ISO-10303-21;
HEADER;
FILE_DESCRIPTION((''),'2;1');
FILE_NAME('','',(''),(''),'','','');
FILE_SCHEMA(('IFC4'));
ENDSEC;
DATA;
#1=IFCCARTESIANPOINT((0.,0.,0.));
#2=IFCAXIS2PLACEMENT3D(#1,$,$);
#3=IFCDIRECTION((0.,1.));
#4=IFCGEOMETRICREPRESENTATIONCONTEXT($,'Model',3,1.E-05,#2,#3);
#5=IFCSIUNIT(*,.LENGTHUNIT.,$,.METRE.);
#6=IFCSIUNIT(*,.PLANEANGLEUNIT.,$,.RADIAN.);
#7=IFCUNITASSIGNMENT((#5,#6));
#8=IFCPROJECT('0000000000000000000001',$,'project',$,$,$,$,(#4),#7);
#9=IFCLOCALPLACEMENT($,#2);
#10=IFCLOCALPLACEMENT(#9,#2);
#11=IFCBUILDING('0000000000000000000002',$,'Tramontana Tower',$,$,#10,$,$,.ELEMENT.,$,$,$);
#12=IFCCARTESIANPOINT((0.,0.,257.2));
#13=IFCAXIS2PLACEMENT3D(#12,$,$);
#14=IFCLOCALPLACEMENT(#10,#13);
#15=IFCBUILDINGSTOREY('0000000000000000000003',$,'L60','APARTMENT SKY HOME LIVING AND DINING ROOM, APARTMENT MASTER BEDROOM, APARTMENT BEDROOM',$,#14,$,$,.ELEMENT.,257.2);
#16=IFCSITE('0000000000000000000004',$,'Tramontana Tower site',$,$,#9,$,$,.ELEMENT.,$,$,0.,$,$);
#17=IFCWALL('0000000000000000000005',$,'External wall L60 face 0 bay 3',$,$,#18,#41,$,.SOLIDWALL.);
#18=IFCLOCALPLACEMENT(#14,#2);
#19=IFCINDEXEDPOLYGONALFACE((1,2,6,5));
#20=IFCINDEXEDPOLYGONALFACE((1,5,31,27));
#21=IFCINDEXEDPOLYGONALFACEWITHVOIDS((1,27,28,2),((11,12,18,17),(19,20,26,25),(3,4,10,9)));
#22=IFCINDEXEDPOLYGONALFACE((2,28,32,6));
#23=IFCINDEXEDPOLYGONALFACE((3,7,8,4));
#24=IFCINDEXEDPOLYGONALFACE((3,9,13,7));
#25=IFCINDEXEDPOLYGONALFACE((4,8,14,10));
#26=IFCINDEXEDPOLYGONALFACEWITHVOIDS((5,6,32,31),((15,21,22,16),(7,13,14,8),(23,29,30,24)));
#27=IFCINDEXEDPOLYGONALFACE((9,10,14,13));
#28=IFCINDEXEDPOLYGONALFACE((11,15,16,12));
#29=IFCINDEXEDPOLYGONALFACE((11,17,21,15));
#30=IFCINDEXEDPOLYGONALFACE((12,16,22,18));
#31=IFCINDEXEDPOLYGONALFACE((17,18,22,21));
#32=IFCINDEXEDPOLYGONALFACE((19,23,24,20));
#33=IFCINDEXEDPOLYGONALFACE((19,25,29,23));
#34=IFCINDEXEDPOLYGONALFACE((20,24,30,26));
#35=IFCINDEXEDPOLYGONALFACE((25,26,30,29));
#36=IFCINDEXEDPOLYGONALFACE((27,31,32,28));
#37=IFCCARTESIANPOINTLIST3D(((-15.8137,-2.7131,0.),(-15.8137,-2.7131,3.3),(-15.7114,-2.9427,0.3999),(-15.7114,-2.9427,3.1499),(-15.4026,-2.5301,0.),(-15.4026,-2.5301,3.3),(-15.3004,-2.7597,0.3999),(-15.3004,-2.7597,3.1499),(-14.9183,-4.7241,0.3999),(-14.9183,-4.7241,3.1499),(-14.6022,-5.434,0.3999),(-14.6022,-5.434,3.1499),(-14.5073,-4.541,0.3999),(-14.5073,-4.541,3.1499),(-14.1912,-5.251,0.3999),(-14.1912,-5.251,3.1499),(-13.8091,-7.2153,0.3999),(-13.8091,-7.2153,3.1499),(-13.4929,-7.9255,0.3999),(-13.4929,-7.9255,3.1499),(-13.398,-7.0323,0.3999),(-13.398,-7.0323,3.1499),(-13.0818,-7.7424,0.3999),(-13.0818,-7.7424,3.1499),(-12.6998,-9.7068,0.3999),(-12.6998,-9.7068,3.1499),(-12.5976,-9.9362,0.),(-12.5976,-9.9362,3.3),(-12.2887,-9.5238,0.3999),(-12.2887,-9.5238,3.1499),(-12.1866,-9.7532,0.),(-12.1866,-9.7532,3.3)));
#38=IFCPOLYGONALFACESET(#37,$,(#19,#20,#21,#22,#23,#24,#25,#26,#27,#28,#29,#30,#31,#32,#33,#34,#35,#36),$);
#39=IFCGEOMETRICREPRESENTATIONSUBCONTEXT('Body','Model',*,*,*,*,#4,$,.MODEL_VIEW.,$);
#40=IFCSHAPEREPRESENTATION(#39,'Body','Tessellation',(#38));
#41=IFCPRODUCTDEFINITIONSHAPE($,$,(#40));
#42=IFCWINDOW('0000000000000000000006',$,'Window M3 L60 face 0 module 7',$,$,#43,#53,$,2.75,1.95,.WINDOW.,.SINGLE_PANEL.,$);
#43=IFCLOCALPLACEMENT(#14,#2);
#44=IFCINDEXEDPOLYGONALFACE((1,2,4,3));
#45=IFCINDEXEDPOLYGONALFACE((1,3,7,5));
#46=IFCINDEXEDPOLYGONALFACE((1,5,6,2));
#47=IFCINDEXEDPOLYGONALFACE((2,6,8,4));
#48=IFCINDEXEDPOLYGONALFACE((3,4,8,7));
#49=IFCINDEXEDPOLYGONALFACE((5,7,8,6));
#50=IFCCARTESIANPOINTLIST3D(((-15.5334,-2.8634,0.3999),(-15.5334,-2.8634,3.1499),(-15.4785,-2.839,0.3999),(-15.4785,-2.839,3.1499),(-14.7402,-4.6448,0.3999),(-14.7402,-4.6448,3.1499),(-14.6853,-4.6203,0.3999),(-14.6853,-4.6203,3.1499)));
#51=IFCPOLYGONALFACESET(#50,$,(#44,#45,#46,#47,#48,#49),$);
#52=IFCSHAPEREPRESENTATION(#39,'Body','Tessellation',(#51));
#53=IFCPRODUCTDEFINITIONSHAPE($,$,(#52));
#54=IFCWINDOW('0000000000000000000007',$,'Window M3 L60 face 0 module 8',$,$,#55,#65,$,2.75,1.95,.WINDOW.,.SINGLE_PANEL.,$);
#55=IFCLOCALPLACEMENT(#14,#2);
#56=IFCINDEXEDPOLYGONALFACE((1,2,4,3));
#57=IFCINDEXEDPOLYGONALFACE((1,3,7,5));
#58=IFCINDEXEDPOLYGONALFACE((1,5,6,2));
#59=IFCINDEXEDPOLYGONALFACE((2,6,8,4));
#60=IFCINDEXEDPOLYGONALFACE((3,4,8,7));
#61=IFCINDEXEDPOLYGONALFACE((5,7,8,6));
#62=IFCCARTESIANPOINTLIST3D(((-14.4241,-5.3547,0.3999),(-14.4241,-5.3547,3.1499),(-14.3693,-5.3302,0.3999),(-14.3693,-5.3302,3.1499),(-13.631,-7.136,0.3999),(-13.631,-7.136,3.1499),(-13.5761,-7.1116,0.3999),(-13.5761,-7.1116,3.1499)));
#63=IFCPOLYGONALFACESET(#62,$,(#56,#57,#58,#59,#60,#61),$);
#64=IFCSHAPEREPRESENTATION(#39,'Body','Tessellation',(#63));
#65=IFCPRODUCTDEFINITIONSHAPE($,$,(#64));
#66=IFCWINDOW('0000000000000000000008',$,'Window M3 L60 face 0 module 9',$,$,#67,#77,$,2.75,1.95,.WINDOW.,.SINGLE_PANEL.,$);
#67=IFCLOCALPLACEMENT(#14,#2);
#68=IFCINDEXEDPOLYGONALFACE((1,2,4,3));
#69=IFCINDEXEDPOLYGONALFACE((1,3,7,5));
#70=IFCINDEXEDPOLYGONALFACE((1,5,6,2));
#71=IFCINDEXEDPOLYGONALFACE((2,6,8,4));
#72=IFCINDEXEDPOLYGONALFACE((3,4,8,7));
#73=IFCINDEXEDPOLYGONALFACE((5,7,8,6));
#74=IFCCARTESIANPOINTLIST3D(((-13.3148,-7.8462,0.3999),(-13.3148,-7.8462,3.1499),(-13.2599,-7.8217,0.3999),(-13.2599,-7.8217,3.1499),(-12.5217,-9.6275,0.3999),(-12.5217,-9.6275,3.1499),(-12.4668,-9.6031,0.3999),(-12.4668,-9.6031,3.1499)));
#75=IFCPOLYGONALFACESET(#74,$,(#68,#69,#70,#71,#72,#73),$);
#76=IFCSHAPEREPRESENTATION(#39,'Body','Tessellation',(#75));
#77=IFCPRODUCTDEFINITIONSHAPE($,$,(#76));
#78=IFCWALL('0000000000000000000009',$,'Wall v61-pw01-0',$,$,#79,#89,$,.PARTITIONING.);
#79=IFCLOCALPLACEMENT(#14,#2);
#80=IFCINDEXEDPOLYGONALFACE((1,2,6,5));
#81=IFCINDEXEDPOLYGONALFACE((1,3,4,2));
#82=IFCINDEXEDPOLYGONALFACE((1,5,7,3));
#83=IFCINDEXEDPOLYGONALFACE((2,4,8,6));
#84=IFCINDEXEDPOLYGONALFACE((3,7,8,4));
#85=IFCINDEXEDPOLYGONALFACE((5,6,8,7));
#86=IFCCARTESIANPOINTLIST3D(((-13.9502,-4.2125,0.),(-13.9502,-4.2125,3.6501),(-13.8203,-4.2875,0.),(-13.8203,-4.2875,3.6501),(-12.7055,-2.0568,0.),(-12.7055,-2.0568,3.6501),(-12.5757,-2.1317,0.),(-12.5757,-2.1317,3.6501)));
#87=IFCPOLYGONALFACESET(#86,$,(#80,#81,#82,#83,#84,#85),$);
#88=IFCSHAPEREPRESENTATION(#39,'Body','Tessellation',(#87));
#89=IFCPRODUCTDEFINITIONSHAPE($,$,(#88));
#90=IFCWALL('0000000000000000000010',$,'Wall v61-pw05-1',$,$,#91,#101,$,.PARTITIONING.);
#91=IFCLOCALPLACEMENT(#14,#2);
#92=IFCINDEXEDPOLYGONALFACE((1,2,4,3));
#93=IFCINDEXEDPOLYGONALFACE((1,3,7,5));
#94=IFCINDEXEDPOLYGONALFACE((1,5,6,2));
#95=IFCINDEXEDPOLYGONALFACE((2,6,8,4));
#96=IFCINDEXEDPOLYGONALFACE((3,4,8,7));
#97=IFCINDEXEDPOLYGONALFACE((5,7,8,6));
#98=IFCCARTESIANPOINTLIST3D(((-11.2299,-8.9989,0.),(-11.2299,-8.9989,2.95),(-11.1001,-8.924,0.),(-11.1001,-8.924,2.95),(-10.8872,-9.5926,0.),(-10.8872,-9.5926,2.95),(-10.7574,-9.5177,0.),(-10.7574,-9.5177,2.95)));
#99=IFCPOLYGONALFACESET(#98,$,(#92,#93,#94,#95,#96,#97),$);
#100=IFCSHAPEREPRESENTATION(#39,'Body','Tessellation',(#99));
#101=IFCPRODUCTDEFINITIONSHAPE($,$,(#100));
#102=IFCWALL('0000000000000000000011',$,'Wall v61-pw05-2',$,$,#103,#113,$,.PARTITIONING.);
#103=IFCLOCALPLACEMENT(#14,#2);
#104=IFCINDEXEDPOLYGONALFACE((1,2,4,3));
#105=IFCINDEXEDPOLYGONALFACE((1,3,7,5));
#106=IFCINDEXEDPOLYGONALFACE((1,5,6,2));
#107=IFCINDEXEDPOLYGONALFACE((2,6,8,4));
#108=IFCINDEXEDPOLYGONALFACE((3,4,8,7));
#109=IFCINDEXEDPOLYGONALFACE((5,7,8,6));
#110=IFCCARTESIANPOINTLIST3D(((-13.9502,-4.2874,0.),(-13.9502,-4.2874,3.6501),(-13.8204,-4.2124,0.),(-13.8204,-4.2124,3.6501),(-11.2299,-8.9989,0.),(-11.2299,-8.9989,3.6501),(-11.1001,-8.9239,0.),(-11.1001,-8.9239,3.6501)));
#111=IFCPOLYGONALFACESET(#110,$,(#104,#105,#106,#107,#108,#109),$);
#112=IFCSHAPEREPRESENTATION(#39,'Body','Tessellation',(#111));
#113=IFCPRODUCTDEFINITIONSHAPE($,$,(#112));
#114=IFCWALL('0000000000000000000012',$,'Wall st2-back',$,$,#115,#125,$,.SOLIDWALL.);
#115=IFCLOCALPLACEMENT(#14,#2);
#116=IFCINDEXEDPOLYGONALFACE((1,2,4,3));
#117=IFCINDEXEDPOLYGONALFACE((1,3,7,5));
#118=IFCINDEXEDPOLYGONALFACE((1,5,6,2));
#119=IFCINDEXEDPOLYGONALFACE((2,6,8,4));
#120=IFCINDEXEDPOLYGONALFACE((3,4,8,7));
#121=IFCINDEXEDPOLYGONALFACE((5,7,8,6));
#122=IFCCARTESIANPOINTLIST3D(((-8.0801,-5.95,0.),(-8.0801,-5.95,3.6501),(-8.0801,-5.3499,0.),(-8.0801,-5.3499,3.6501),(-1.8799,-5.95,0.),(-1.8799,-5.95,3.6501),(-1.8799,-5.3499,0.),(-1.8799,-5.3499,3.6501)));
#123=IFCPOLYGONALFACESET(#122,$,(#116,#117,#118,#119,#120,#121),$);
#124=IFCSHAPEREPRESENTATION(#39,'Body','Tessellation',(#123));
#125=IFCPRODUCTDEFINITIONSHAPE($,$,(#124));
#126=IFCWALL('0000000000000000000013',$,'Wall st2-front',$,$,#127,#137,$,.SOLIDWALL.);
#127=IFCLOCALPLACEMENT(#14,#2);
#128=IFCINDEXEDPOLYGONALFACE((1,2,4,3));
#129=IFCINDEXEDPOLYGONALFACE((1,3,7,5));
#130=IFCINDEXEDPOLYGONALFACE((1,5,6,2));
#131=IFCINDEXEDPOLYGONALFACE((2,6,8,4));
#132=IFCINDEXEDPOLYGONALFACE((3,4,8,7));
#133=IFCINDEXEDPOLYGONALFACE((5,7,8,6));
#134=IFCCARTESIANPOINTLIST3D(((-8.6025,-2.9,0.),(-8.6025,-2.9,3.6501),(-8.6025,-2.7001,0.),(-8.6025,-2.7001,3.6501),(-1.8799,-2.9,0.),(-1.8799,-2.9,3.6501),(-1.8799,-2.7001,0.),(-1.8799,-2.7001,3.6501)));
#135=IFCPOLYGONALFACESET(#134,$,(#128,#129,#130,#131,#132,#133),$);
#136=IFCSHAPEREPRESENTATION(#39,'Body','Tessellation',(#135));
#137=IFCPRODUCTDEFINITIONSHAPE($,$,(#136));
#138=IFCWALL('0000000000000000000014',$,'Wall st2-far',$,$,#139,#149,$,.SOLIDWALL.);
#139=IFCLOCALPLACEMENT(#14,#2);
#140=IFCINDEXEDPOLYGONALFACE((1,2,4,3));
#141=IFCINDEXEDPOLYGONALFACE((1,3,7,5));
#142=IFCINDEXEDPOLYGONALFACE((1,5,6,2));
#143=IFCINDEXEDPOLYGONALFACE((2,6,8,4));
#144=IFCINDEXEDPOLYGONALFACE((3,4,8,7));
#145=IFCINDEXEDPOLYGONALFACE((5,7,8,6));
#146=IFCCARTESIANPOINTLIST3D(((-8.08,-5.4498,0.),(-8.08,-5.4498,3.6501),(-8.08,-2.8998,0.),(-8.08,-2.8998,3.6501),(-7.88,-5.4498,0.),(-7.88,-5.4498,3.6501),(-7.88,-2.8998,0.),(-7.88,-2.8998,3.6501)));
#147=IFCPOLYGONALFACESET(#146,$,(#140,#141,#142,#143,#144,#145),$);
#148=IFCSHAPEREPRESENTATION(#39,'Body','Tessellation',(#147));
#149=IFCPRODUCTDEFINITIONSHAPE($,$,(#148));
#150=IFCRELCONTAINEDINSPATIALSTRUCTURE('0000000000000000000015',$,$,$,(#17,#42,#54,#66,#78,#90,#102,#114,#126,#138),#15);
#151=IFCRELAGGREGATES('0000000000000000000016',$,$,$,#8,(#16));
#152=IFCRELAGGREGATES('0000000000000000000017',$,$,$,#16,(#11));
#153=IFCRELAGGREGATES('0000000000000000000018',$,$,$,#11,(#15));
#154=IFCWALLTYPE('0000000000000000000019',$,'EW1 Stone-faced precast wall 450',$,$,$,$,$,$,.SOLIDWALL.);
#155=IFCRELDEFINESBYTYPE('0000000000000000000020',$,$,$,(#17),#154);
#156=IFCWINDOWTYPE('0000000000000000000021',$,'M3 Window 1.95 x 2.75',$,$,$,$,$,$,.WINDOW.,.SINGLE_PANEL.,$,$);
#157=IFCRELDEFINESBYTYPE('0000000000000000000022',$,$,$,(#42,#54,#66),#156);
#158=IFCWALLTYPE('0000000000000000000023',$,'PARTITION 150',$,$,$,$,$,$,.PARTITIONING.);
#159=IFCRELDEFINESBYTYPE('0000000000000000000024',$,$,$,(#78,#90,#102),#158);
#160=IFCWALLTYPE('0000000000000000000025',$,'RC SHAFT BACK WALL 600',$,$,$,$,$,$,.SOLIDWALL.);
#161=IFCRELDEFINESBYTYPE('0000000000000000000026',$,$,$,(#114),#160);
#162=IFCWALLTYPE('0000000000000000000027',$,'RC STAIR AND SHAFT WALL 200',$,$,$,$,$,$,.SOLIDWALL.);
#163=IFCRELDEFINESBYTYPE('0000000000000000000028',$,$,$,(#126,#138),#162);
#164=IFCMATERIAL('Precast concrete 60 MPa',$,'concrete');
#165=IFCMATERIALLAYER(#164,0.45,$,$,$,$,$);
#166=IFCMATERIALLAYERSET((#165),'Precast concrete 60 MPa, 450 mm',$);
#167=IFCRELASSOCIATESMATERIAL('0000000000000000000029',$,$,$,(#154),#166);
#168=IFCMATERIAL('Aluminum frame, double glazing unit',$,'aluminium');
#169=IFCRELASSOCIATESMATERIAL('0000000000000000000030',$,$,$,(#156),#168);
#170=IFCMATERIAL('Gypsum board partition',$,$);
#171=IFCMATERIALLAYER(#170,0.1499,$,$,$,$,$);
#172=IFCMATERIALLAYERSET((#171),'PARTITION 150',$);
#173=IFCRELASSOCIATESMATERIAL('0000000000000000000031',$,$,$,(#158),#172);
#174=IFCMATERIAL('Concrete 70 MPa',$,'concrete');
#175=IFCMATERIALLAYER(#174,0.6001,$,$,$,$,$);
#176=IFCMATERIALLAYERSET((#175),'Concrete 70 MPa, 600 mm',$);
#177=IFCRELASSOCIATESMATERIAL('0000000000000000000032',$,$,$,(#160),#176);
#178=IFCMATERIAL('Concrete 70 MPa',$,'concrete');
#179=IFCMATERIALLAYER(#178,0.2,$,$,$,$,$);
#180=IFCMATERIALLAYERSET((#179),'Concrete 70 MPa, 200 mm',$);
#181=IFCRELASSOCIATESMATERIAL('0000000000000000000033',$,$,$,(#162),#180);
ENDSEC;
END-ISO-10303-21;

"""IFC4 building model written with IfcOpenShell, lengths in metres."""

from ifc_helpers import new_model, si_unit, direction, frame, frame_2d, origin, place, context, subcontext, project, spatial, rectangle, extrude, material, layer, layer_set, type_object, element, fill, save


model = new_model("IFC4")

# Units and contexts
model_context = context("Model", 3, precision=1e-05, world=origin(), true_north=direction((0.0, 1.0)))
body_context = subcontext(model_context, "Body", "Model", "MODEL_VIEW")
ifc_project = project(units=[si_unit("LENGTHUNIT", "METRE"), si_unit("PLANEANGLEUNIT", "RADIAN")], contexts=[model_context])

# Site, building, storey
site_placement = place(None, origin())
site = spatial("IfcSite", under=ifc_project, at=site_placement, Name="Tramontana Tower site", CompositionType="ELEMENT", RefElevation=0.0)
building_placement = place(site_placement, origin())
building = spatial("IfcBuilding", under=site, at=building_placement, Name="Tramontana Tower", CompositionType="ELEMENT")
storey_placement = place(building_placement, frame((0.0, 0.0, 257.2)))
storey = spatial("IfcBuildingStorey", under=building, at=storey_placement, Name="L60", Description="APARTMENT SKY HOME LIVING AND DINING ROOM, APARTMENT MASTER BEDROOM, APARTMENT BEDROOM", CompositionType="ELEMENT", Elevation=257.2)

# Wall, openings, windows
ifc_material_1 = material(Name="Precast concrete 60 MPa", Category="concrete")
ifc_layer_1 = layer(ifc_material_1, 0.45)
ifc_layer_set_1 = layer_set([ifc_layer_1], Name="Precast concrete 60 MPa, 450 mm")
wall_type_1 = type_object("IfcWallType", Name="EW1 Stone-faced precast wall 450", PredefinedType="SOLIDWALL", material=ifc_layer_set_1)
wall_1_placement = place(storey_placement, frame((-15.6082, -2.6216, 0.0), z_axis=(0.0, 0.0, 1.0), x_axis=(0.406749, -0.91354, 0.0)))
wall_1 = element("IfcWall", 1, at=wall_1_placement, inside=storey, type_object=wall_type_1, Name="External wall L60 face 0 bay 3", PredefinedType="SOLIDWALL", context=body_context, shape_type="SweptSolid", body=[
    extrude(rectangle(XDim=7.9067, YDim=0.45, at=frame_2d((3.9534, 0.0))), origin(), (0.0, 0.0, 1.0), 3.3),
])
opening_1_placement = place(wall_1_placement, frame((0.2512, 0.0, 0.3999)))
opening_1 = element("IfcOpeningElement", 2, at=opening_1_placement, cuts=wall_1, PredefinedType="OPENING", context=body_context, shape_type="SweptSolid", body=[
    extrude(rectangle(XDim=1.95, YDim=2.75, at=frame_2d((0.9751, 1.375))), frame((0.0, 0.2349, 0.0), z_axis=(0.0, -1.0, 0.0), x_axis=(1.0, 0.0, 0.0)), (0.0, 0.0, 1.0), 0.47),
])
opening_2_placement = place(wall_1_placement, frame((2.9783, 0.0, 0.3999)))
opening_2 = element("IfcOpeningElement", 3, at=opening_2_placement, cuts=wall_1, PredefinedType="OPENING", context=body_context, shape_type="SweptSolid", body=[
    extrude(rectangle(XDim=1.95, YDim=2.75, at=frame_2d((0.9751, 1.375))), frame((0.0, 0.2349, 0.0), z_axis=(0.0, -1.0, 0.0), x_axis=(1.0, 0.0, 0.0)), (0.0, 0.0, 1.0), 0.47),
])
opening_3_placement = place(wall_1_placement, frame((5.7056, 0.0, 0.3999)))
opening_3 = element("IfcOpeningElement", 4, at=opening_3_placement, cuts=wall_1, PredefinedType="OPENING", context=body_context, shape_type="SweptSolid", body=[
    extrude(rectangle(XDim=1.95, YDim=2.75, at=frame_2d((0.9751, 1.375))), frame((0.0, 0.2349, 0.0), z_axis=(0.0, -1.0, 0.0), x_axis=(1.0, 0.0, 0.0)), (0.0, 0.0, 1.0), 0.47),
])
ifc_material_2 = material(Name="Aluminum frame, double glazing unit", Category="aluminium")
window_type = type_object("IfcWindowType", Name="M3 Window 1.95 x 2.75", PartitioningType="SINGLE_PANEL", PredefinedType="WINDOW", material=ifc_material_2)
window_1_placement = place(opening_1_placement, origin())
window_1 = element("IfcWindow", 5, at=window_1_placement, inside=storey, type_object=window_type, Name="Window M3 L60 face 0 module 7", OverallHeight=2.75, OverallWidth=1.95, PartitioningType="SINGLE_PANEL", PredefinedType="WINDOW", context=body_context, shape_type="SweptSolid", body=[
    extrude(rectangle(XDim=1.95, YDim=2.75, at=frame_2d((0.9751, 1.375))), frame((0.0, 0.03, 0.0), z_axis=(0.0, -1.0, 0.0), x_axis=(1.0, 0.0, 0.0)), (0.0, 0.0, 1.0), 0.0601),
])
fill(opening_1, window_1)
window_2_placement = place(opening_2_placement, origin())
window_2 = element("IfcWindow", 6, at=window_2_placement, inside=storey, type_object=window_type, Name="Window M3 L60 face 0 module 8", OverallHeight=2.75, OverallWidth=1.95, PartitioningType="SINGLE_PANEL", PredefinedType="WINDOW", context=body_context, shape_type="SweptSolid", body=[
    extrude(rectangle(XDim=1.95, YDim=2.75, at=frame_2d((0.9751, 1.375))), frame((0.0, 0.03, 0.0), z_axis=(0.0, -1.0, 0.0), x_axis=(1.0, 0.0, 0.0)), (0.0, 0.0, 1.0), 0.0601),
])
fill(opening_2, window_2)
window_3_placement = place(opening_3_placement, origin())
window_3 = element("IfcWindow", 7, at=window_3_placement, inside=storey, type_object=window_type, Name="Window M3 L60 face 0 module 9", OverallHeight=2.75, OverallWidth=1.95, PartitioningType="SINGLE_PANEL", PredefinedType="WINDOW", context=body_context, shape_type="SweptSolid", body=[
    extrude(rectangle(XDim=1.95, YDim=2.75, at=frame_2d((0.9751, 1.375))), frame((0.0, 0.03, 0.0), z_axis=(0.0, -1.0, 0.0), x_axis=(1.0, 0.0, 0.0)), (0.0, 0.0, 1.0), 0.0601),
])
fill(opening_3, window_3)

# Wall
ifc_material_3 = material(Name="Gypsum board partition")
ifc_layer_2 = layer(ifc_material_3, 0.1499)
ifc_layer_set_2 = layer_set([ifc_layer_2], Name="PARTITION 150")
wall_type_2 = type_object("IfcWallType", Name="PARTITION 150", PredefinedType="PARTITIONING", material=ifc_layer_set_2)
wall_2_placement = place(storey_placement, frame((-13.8853, -4.25, 0.0), z_axis=(0.0, 0.0, 1.0), x_axis=(0.5, 0.866026, 0.0)))
element("IfcWall", 8, at=wall_2_placement, inside=storey, type_object=wall_type_2, Name="Wall v61-pw01-0", PredefinedType="PARTITIONING", context=body_context, shape_type="SweptSolid", body=[
    extrude(rectangle(XDim=2.4893, YDim=0.1499, at=frame_2d((1.2446, 0.0))), origin(), (0.0, 0.0, 1.0), 3.6501),
])

# Walls
wall_3_placement = place(storey_placement, frame((-10.8223, -9.5552, 0.0), z_axis=(0.0, 0.0, 1.0), x_axis=(-0.499969, 0.866043, 0.0)))
element("IfcWall", 9, at=wall_3_placement, inside=storey, type_object=wall_type_2, Name="Wall v61-pw05-1", PredefinedType="PARTITIONING", context=body_context, shape_type="SweptSolid", body=[
    extrude(rectangle(XDim=0.6855, YDim=0.1499, at=frame_2d((0.3428, 0.0))), origin(), (0.0, 0.0, 1.0), 2.95),
])
wall_4_placement = place(storey_placement, frame((-11.165, -8.9614, 0.0), z_axis=(0.0, 0.0, 1.0), x_axis=(-0.50001, 0.86602, 0.0)))
element("IfcWall", 10, at=wall_4_placement, inside=storey, type_object=wall_type_2, Name="Wall v61-pw05-2", PredefinedType="PARTITIONING", context=body_context, shape_type="SweptSolid", body=[
    extrude(rectangle(XDim=5.4404, YDim=0.1499, at=frame_2d((2.7202, 0.0))), origin(), (0.0, 0.0, 1.0), 3.6501),
])
ifc_material_4 = material(Name="Concrete 70 MPa", Category="concrete")
ifc_layer_3 = layer(ifc_material_4, 0.6001)
ifc_layer_set_3 = layer_set([ifc_layer_3], Name="Concrete 70 MPa, 600 mm")
wall_type_3 = type_object("IfcWallType", Name="RC SHAFT BACK WALL 600", PredefinedType="SOLIDWALL", material=ifc_layer_set_3)
wall_5_placement = place(storey_placement, frame((-8.0801, -5.6499, 0.0), z_axis=(0.0, 0.0, 1.0), x_axis=(1.0, 0.0, 0.0)))
element("IfcWall", 11, at=wall_5_placement, inside=storey, type_object=wall_type_3, Name="Wall st2-back", PredefinedType="SOLIDWALL", context=body_context, shape_type="SweptSolid", body=[
    extrude(rectangle(XDim=6.2002, YDim=0.6001, at=frame_2d((3.1001, 0.0))), origin(), (0.0, 0.0, 1.0), 3.6501),
])
ifc_material_5 = material(Name="Concrete 70 MPa", Category="concrete")
ifc_layer_4 = layer(ifc_material_5, 0.2)
ifc_layer_set_4 = layer_set([ifc_layer_4], Name="Concrete 70 MPa, 200 mm")
wall_type_4 = type_object("IfcWallType", Name="RC STAIR AND SHAFT WALL 200", PredefinedType="SOLIDWALL", material=ifc_layer_set_4)
wall_6_placement = place(storey_placement, frame((-8.6025, -2.8, 0.0), z_axis=(0.0, 0.0, 1.0), x_axis=(1.0, 0.0, 0.0)))
element("IfcWall", 12, at=wall_6_placement, inside=storey, type_object=wall_type_4, Name="Wall st2-front", PredefinedType="SOLIDWALL", context=body_context, shape_type="SweptSolid", body=[
    extrude(rectangle(XDim=6.7227, YDim=0.2, at=frame_2d((3.3613, 0.0))), origin(), (0.0, 0.0, 1.0), 3.6501),
])
wall_7_placement = place(storey_placement, frame((-7.98, -2.8999, 0.0), z_axis=(0.0, 0.0, 1.0), x_axis=(0.0, -1.0, 0.0)))
element("IfcWall", 13, at=wall_7_placement, inside=storey, type_object=wall_type_4, Name="Wall st2-far", PredefinedType="SOLIDWALL", context=body_context, shape_type="SweptSolid", body=[
    extrude(rectangle(XDim=2.55, YDim=0.2, at=frame_2d((1.2749, 0.0))), origin(), (0.0, 0.0, 1.0), 3.6501),
])

save(model, "model.ifc")
